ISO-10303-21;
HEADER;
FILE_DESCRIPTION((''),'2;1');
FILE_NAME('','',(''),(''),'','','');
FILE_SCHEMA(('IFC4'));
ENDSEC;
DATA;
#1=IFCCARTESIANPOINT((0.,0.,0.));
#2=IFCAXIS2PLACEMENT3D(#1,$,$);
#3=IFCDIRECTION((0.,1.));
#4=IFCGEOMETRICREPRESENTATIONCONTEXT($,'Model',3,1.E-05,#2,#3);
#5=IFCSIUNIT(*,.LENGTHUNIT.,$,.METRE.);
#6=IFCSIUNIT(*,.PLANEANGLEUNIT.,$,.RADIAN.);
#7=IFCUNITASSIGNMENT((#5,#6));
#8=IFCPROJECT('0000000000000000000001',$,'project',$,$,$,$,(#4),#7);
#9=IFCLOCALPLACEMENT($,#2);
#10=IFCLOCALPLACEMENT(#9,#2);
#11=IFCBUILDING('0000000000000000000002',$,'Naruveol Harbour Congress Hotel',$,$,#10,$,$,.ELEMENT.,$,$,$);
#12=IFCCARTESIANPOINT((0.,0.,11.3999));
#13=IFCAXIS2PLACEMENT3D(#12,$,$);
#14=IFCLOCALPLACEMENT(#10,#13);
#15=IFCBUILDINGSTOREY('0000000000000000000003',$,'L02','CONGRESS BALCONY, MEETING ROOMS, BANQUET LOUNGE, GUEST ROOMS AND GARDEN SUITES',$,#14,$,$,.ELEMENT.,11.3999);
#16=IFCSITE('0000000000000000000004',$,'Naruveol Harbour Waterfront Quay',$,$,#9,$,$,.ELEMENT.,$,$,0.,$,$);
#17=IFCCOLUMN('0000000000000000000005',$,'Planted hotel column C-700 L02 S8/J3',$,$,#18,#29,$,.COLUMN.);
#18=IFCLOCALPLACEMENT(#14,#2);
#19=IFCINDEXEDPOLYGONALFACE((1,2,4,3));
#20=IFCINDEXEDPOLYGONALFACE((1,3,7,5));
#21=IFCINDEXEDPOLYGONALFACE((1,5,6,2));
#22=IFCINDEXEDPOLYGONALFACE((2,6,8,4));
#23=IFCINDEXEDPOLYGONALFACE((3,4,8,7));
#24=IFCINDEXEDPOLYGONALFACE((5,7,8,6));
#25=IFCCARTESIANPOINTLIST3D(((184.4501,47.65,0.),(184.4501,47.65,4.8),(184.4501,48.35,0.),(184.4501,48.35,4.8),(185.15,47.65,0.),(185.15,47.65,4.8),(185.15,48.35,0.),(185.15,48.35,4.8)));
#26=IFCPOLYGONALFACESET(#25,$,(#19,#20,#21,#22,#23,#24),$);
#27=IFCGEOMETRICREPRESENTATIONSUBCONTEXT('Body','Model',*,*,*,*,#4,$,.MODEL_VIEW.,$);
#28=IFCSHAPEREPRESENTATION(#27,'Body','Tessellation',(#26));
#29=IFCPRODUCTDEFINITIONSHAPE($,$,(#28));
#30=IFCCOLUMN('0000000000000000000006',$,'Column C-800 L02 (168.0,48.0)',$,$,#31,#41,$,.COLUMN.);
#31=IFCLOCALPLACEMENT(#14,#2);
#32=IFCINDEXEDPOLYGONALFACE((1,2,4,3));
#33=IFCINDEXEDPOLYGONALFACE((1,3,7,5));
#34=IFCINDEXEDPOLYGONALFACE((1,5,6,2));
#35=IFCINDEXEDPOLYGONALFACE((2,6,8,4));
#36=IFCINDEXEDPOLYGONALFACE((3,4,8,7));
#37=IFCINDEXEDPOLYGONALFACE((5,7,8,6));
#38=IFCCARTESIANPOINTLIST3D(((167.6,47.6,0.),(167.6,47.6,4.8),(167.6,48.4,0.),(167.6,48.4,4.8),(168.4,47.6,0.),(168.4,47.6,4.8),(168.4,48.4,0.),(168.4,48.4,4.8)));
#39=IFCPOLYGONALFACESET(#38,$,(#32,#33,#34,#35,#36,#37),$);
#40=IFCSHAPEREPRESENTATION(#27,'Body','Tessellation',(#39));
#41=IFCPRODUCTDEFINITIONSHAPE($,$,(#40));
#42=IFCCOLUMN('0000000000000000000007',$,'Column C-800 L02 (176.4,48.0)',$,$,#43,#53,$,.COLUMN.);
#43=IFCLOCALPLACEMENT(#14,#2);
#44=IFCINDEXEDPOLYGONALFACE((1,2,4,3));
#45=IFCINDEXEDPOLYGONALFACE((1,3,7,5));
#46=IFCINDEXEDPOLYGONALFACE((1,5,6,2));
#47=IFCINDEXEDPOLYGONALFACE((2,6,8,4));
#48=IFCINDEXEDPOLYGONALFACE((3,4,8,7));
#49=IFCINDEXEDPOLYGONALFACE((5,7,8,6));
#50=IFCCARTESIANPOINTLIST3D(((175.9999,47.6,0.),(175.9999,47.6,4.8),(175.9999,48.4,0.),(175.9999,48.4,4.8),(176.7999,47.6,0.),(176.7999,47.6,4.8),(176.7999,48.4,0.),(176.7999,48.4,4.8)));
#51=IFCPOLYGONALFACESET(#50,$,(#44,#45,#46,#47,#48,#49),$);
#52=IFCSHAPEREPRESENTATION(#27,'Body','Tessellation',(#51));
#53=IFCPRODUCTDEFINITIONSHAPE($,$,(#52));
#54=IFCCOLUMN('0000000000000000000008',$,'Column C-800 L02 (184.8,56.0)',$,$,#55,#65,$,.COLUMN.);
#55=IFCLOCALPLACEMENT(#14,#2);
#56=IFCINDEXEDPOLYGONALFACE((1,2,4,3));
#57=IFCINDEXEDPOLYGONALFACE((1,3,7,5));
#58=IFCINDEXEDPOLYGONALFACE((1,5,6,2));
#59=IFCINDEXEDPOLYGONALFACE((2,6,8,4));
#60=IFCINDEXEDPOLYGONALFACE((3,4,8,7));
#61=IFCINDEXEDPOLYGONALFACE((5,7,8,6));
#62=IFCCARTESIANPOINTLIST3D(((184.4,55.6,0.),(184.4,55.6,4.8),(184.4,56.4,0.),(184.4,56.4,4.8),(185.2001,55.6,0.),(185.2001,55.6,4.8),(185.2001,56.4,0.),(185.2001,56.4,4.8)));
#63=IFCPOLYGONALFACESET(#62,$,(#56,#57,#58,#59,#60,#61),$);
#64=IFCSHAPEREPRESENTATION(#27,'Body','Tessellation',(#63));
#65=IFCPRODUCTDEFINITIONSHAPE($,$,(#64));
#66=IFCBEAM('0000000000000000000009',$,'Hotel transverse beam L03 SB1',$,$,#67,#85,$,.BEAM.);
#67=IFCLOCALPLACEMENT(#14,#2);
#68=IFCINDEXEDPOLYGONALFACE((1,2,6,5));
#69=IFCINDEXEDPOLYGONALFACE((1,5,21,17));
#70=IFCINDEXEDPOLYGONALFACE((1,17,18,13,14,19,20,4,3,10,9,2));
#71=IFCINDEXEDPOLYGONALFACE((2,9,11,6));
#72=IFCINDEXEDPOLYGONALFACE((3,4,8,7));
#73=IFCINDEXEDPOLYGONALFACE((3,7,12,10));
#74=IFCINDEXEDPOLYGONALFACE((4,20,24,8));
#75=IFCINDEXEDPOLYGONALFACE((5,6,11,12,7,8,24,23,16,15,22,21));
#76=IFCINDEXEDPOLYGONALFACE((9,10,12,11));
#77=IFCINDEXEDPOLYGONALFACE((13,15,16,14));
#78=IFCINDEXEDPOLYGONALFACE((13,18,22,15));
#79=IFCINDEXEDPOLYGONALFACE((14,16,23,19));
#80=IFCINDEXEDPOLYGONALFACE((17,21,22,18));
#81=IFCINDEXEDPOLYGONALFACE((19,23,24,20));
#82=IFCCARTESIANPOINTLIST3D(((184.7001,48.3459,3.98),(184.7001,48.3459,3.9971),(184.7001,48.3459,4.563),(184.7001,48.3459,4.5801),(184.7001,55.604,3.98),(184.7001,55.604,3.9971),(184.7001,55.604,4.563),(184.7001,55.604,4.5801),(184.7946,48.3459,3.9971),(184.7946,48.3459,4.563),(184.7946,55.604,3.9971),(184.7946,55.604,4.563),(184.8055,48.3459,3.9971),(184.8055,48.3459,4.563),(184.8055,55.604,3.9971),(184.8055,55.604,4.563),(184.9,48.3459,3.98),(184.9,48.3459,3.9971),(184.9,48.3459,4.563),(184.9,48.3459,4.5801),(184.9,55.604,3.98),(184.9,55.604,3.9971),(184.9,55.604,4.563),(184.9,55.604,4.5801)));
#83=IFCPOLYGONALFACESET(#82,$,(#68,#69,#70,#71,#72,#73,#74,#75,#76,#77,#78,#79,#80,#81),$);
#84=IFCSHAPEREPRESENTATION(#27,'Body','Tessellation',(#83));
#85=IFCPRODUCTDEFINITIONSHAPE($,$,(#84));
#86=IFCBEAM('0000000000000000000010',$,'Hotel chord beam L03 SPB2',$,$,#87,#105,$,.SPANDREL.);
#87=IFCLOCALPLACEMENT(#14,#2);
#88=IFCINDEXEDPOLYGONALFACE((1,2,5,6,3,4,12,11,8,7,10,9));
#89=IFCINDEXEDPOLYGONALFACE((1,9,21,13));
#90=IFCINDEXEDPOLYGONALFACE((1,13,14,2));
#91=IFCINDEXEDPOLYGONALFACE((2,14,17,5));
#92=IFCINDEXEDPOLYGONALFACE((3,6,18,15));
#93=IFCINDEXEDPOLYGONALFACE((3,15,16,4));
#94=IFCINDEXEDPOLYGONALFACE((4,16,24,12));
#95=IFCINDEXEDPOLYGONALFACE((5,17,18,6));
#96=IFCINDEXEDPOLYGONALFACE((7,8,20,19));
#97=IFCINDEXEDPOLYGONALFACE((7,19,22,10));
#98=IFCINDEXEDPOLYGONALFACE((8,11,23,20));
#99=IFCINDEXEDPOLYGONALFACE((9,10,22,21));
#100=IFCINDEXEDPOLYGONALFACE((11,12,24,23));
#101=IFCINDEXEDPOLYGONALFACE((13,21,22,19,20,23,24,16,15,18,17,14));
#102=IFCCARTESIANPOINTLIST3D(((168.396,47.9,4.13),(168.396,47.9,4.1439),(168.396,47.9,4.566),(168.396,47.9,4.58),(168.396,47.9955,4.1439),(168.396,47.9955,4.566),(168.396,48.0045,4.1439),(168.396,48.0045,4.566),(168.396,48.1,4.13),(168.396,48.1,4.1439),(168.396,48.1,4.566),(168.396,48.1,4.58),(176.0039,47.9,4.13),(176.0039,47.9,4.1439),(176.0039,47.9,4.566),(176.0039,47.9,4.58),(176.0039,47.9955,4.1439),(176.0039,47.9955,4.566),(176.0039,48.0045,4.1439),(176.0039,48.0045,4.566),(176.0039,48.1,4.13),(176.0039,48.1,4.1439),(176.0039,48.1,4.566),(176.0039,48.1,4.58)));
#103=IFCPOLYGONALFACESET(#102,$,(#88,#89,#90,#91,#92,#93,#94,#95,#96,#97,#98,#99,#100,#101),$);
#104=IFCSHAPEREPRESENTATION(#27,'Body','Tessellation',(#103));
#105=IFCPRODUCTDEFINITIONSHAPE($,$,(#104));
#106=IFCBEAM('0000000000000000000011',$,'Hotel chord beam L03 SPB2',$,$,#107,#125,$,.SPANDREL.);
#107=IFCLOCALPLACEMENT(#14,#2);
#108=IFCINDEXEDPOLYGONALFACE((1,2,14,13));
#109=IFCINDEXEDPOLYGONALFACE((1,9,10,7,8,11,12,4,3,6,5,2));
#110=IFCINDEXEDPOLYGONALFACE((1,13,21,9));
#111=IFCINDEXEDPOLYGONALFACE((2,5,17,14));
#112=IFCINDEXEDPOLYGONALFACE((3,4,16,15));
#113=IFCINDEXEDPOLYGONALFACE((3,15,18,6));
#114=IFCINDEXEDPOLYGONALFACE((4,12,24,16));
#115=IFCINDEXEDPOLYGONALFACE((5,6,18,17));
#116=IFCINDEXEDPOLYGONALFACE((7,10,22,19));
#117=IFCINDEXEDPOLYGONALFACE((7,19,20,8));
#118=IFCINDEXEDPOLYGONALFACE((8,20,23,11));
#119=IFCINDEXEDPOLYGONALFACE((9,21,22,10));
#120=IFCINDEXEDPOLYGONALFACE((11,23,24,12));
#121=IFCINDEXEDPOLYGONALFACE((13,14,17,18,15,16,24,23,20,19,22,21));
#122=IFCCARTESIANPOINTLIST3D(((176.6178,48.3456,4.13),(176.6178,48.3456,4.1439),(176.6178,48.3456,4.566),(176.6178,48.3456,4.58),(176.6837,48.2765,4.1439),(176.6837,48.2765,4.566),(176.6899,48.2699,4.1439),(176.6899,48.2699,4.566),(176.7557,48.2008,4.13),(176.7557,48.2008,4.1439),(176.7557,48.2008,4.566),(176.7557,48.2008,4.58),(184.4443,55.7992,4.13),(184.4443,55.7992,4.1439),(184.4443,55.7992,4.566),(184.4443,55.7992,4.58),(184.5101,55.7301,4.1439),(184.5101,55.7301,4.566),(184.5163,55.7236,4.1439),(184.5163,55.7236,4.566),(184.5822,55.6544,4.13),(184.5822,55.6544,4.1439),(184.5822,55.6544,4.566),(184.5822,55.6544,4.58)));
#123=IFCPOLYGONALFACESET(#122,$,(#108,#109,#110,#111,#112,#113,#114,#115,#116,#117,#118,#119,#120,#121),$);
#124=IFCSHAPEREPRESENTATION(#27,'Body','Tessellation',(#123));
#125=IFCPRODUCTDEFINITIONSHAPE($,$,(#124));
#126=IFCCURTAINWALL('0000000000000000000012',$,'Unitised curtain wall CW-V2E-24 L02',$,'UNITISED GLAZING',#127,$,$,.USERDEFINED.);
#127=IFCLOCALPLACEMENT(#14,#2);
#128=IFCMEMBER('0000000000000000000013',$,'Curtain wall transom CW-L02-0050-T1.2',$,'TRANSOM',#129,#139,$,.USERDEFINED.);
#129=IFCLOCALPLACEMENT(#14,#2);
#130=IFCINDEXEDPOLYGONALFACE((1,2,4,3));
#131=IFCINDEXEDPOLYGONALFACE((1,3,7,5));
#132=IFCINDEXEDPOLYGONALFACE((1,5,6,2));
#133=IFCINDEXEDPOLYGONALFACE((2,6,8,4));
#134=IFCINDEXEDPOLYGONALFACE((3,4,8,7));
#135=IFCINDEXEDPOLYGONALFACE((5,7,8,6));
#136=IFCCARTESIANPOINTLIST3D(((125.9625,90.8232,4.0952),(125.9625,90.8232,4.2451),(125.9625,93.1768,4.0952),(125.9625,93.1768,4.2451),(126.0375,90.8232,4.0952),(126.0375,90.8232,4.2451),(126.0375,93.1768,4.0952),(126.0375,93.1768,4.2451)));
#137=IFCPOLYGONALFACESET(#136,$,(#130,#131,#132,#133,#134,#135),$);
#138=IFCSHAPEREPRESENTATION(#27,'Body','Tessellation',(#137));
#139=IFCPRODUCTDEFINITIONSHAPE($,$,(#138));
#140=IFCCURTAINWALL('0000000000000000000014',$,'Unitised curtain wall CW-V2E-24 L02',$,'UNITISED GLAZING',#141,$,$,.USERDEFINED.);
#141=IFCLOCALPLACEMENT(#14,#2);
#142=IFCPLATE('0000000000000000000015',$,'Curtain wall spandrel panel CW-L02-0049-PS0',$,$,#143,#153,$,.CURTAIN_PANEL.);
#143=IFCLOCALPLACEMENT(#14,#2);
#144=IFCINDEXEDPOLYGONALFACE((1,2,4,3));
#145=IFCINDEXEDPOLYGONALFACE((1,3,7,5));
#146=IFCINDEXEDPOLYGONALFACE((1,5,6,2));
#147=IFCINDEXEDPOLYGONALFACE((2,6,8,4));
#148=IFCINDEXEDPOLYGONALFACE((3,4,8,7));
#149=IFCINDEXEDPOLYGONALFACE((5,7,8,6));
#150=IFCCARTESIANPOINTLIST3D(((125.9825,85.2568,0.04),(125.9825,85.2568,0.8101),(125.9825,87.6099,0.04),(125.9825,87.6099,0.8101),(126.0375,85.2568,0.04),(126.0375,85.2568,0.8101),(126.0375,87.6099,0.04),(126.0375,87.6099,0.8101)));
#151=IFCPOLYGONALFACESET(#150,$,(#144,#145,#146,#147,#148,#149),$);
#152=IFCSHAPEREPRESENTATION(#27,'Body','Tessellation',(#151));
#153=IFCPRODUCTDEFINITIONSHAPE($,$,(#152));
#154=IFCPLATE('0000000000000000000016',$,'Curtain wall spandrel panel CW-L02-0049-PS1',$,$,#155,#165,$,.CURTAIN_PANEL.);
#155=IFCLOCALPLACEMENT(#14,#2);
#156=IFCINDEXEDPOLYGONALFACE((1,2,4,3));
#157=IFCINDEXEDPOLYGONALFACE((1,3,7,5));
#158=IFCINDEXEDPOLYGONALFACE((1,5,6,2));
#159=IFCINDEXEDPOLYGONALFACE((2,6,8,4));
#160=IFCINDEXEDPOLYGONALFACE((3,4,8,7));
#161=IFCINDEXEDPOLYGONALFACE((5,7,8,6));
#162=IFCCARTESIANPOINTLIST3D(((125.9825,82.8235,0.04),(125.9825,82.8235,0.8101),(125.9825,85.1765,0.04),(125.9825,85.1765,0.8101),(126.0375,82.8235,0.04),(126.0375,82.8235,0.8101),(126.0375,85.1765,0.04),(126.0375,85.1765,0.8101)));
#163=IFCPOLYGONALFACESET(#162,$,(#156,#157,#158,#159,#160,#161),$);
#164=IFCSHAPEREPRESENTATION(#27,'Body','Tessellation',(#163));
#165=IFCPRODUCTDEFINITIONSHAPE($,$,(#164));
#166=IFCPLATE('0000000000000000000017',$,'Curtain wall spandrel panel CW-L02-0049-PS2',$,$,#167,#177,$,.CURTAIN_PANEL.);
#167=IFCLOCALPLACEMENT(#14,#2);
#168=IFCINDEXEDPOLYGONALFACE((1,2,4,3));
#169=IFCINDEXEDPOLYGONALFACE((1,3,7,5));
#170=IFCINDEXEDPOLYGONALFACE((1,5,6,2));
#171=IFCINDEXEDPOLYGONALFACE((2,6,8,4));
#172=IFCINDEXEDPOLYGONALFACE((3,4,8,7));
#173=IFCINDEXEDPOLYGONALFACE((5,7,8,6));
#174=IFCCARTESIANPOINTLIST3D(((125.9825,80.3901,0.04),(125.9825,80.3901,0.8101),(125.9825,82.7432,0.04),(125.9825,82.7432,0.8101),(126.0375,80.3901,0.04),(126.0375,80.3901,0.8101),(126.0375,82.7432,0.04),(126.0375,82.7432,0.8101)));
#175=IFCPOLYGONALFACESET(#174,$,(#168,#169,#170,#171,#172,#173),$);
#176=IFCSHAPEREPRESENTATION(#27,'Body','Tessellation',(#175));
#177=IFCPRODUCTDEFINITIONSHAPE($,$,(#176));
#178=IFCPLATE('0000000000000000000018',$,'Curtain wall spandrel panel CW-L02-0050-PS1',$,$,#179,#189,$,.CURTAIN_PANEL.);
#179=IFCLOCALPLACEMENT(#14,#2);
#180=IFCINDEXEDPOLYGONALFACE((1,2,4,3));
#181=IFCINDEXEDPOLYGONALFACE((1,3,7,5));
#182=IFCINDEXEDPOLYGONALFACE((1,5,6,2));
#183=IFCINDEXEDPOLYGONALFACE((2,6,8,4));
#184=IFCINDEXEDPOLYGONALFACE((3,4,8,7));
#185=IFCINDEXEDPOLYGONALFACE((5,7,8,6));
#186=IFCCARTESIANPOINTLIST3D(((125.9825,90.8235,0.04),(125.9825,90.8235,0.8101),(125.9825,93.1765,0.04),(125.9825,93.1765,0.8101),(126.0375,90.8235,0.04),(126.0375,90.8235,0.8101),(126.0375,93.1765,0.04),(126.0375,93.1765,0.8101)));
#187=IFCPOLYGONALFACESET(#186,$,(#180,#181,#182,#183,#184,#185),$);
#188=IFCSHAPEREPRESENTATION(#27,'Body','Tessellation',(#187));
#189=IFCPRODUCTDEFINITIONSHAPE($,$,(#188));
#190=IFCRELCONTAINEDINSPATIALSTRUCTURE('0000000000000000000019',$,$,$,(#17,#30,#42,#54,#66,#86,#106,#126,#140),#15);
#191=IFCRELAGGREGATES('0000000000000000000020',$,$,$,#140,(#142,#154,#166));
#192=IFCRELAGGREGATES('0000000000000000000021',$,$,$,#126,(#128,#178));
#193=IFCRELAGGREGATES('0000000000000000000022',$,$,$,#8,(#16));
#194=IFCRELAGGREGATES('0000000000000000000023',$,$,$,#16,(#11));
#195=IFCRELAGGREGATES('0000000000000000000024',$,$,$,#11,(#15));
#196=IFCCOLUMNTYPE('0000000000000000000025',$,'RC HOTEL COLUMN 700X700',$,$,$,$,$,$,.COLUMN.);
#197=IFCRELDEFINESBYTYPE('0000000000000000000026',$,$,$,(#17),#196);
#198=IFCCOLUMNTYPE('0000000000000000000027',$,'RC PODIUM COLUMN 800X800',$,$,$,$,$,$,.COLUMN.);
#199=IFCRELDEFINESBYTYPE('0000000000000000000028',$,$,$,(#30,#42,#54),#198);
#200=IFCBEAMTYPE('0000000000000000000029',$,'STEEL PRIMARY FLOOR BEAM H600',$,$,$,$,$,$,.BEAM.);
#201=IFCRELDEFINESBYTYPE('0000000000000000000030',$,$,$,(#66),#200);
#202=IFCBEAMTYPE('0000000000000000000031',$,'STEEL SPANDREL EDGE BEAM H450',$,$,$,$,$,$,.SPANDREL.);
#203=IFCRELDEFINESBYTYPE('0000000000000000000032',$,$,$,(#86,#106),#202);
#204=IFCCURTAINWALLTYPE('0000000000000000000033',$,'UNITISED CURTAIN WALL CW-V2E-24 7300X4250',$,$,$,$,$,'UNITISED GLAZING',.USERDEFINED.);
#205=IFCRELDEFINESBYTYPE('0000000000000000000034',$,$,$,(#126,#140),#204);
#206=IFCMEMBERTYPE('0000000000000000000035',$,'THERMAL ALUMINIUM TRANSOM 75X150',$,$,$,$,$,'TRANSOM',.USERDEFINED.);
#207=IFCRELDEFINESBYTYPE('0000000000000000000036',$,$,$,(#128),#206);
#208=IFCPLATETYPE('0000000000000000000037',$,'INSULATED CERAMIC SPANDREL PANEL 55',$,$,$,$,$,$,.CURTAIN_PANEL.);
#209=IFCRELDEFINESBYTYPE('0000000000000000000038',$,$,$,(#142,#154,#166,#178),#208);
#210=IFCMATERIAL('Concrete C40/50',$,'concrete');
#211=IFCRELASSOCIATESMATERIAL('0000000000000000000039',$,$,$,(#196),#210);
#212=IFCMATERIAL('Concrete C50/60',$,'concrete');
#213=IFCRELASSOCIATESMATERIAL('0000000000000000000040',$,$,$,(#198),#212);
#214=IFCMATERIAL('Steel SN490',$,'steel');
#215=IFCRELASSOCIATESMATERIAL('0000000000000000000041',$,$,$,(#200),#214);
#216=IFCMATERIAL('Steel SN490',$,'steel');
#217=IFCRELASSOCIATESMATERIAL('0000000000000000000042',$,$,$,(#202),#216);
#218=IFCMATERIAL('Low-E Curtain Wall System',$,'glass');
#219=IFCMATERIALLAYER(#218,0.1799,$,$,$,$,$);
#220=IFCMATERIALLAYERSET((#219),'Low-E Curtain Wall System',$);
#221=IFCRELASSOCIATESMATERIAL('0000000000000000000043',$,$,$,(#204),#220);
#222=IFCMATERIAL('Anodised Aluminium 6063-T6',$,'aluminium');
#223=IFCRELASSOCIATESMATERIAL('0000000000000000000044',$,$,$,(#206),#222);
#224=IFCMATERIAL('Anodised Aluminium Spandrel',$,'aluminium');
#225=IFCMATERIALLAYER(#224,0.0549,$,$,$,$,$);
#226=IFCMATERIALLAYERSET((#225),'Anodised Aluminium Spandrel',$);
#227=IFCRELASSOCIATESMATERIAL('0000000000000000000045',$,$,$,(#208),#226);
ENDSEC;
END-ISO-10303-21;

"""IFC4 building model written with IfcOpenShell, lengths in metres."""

from ifc_helpers import new_model, si_unit, direction, frame, origin, origin_2d, place, context, subcontext, project, spatial, rectangle, i_section, extrude, material, layer, layer_set, material_profile, profile_set, type_object, element, aggregate, save


model = new_model("IFC4")

# Units and contexts
model_context = context("Model", 3, precision=1e-05, world=origin(), true_north=direction((0.0, 1.0)))
body_context = subcontext(model_context, "Body", "Model", "MODEL_VIEW")
ifc_project = project(units=[si_unit("LENGTHUNIT", "METRE"), si_unit("PLANEANGLEUNIT", "RADIAN")], contexts=[model_context])

# Site, building, storey
site_placement = place(None, origin())
site = spatial("IfcSite", under=ifc_project, at=site_placement, Name="Naruveol Harbour Waterfront Quay", CompositionType="ELEMENT", RefElevation=0.0)
building_placement = place(site_placement, origin())
building = spatial("IfcBuilding", under=site, at=building_placement, Name="Naruveol Harbour Congress Hotel", CompositionType="ELEMENT")
storey_placement = place(building_placement, frame((0.0, 0.0, 11.3999)))
storey = spatial("IfcBuildingStorey", under=building, at=storey_placement, Name="L02", Description="CONGRESS BALCONY, MEETING ROOMS, BANQUET LOUNGE, GUEST ROOMS AND GARDEN SUITES", CompositionType="ELEMENT", Elevation=11.3999)

# Columns
ifc_material_1 = material(Name="Concrete C40/50", Category="concrete")
ifc_material_profile_1 = material_profile(ifc_material_1, rectangle(XDim=0.7, YDim=0.7, at=origin_2d()), Name="RC-700x700")
ifc_profile_set_1 = profile_set([ifc_material_profile_1], Name="Concrete C40/50")
column_type_1 = type_object("IfcColumnType", Name="RC HOTEL COLUMN 700X700", PredefinedType="COLUMN", material=ifc_profile_set_1)
column_placement = place(storey_placement, frame((184.8, 48.0, 0.0), z_axis=(0.0, 0.0, 1.0), x_axis=(1.0, 0.0, 0.0)))
element("IfcColumn", 1, at=column_placement, inside=storey, type_object=column_type_1, Name="Planted hotel column C-700 L02 S8/J3", PredefinedType="COLUMN", context=body_context, shape_type="SweptSolid", body=[
    extrude(rectangle(XDim=0.7, YDim=0.7, at=origin_2d()), origin(), (0.0, 0.0, 1.0), 4.8),
])
ifc_material_2 = material(Name="Concrete C50/60", Category="concrete")
ifc_material_profile_2 = material_profile(ifc_material_2, rectangle(XDim=0.8, YDim=0.8, at=origin_2d()), Name="RC-800x800")
ifc_profile_set_2 = profile_set([ifc_material_profile_2], Name="Concrete C50/60")
column_type_2 = type_object("IfcColumnType", Name="RC PODIUM COLUMN 800X800", PredefinedType="COLUMN", material=ifc_profile_set_2)
for number, where, z_axis, x_axis, name in (
    (2, (168.0, 48.0, 0.0), (0.0, 0.0, 1.0), (1.0, 0.0, 0.0), "Column C-800 L02 (168.0,48.0)"),
    (3, (176.3999, 48.0, 0.0), (0.0, 0.0, 1.0), (1.0, 0.0, 0.0), "Column C-800 L02 (176.4,48.0)"),
    (4, (184.8, 56.0, 0.0), (0.0, 0.0, 1.0), (1.0, 0.0, 0.0), "Column C-800 L02 (184.8,56.0)"),
):
    element("IfcColumn", number, at=place(storey_placement, frame(where, z_axis=z_axis, x_axis=x_axis)), inside=storey, type_object=column_type_2, Name=name, PredefinedType="COLUMN", context=body_context, shape_type="SweptSolid", body=[
        extrude(rectangle(XDim=0.8, YDim=0.8, at=origin_2d()), origin(), (0.0, 0.0, 1.0), 4.8),
    ])

# Beams
ifc_material_3 = material(Name="Steel SN490", Category="steel")
ifc_material_profile_3 = material_profile(ifc_material_3, i_section(OverallWidth=0.2, OverallDepth=0.6001, WebThickness=0.011, FlangeThickness=0.0171, at=origin_2d()), Name="H-600x200x11x17")
ifc_profile_set_3 = profile_set([ifc_material_profile_3], Name="Steel SN490")
beam_type_1 = type_object("IfcBeamType", Name="STEEL PRIMARY FLOOR BEAM H600", PredefinedType="BEAM", material=ifc_profile_set_3)
beam_1_placement = place(storey_placement, frame((184.8, 48.3459, 4.28), z_axis=(0.0, 1.0, 0.0), x_axis=(-1.0, 0.0, 0.0)))
element("IfcBeam", 5, at=beam_1_placement, inside=storey, type_object=beam_type_1, Name="Hotel transverse beam L03 SB1", PredefinedType="BEAM", context=body_context, shape_type="SweptSolid", body=[
    extrude(i_section(OverallWidth=0.2, OverallDepth=0.6001, WebThickness=0.011, FlangeThickness=0.0171, at=origin_2d()), origin(), (0.0, 0.0, 1.0), 7.2581),
])
ifc_material_4 = material(Name="Steel SN490", Category="steel")
ifc_material_profile_4 = material_profile(ifc_material_4, i_section(OverallWidth=0.2, OverallDepth=0.45, WebThickness=0.009, FlangeThickness=0.0139, at=origin_2d()), Name="H-450x200x9x14")
ifc_profile_set_4 = profile_set([ifc_material_profile_4], Name="Steel SN490")
beam_type_2 = type_object("IfcBeamType", Name="STEEL SPANDREL EDGE BEAM H450", PredefinedType="SPANDREL", material=ifc_profile_set_4)
beam_2_placement = place(storey_placement, frame((168.396, 48.0, 4.355), z_axis=(1.0, 0.0, 0.0), x_axis=(0.0, 1.0, 0.0)))
element("IfcBeam", 6, at=beam_2_placement, inside=storey, type_object=beam_type_2, Name="Hotel chord beam L03 SPB2", PredefinedType="SPANDREL", context=body_context, shape_type="SweptSolid", body=[
    extrude(i_section(OverallWidth=0.2, OverallDepth=0.45, WebThickness=0.009, FlangeThickness=0.0139, at=origin_2d()), origin(), (0.0, 0.0, 1.0), 7.6079),
])
beam_3_placement = place(storey_placement, frame((176.6868, 48.2732, 4.355), z_axis=(0.724143, 0.68965, 0.0), x_axis=(-0.68965, 0.724143, 0.0)))
element("IfcBeam", 7, at=beam_3_placement, inside=storey, type_object=beam_type_2, Name="Hotel chord beam L03 SPB2", PredefinedType="SPANDREL", context=body_context, shape_type="SweptSolid", body=[
    extrude(i_section(OverallWidth=0.2, OverallDepth=0.45, WebThickness=0.009, FlangeThickness=0.0139, at=origin_2d()), origin(), (0.0, 0.0, 1.0), 10.8079),
])

# Curtain wall, member
ifc_material_5 = material(Name="Low-E Curtain Wall System", Category="glass")
ifc_layer_1 = layer(ifc_material_5, 0.1799)
ifc_layer_set_1 = layer_set([ifc_layer_1], Name="Low-E Curtain Wall System")
curtain_wall_type_1 = type_object("IfcCurtainWallType", Name="UNITISED CURTAIN WALL CW-V2E-24 7300X4250", ElementType="UNITISED GLAZING", PredefinedType="USERDEFINED", material=ifc_layer_set_1)
curtain_wall_1_placement = place(storey_placement, origin())
curtain_wall_1 = element("IfcCurtainWall", 8, at=curtain_wall_1_placement, inside=storey, type_object=curtain_wall_type_1, Name="Unitised curtain wall CW-V2E-24 L02", ObjectType="UNITISED GLAZING", PredefinedType="USERDEFINED")
ifc_material_6 = material(Name="Anodised Aluminium 6063-T6", Category="aluminium")
ifc_material_profile_5 = material_profile(ifc_material_6, rectangle(XDim=0.075, YDim=0.1499, at=origin_2d()), Name="ALU-75x150")
ifc_profile_set_5 = profile_set([ifc_material_profile_5], Name="Anodised Aluminium 6063-T6")
member_type = type_object("IfcMemberType", Name="THERMAL ALUMINIUM TRANSOM 75X150", ElementType="TRANSOM", PredefinedType="USERDEFINED", material=ifc_profile_set_5)
member_placement = place(storey_placement, frame((126.0, 93.1768, 4.1702), z_axis=(0.0, -1.0, 0.0), x_axis=(1.0, 0.0, 0.0)))
member = element("IfcMember", 9, at=member_placement, type_object=member_type, Name="Curtain wall transom CW-L02-0050-T1.2", ObjectType="TRANSOM", PredefinedType="USERDEFINED", context=body_context, shape_type="SweptSolid", body=[
    extrude(rectangle(XDim=0.075, YDim=0.1499, at=origin_2d()), origin(), (0.0, 0.0, 1.0), 2.3535),
])

# Curtain wall, plates
curtain_wall_2_placement = place(storey_placement, origin())
curtain_wall_2 = element("IfcCurtainWall", 10, at=curtain_wall_2_placement, inside=storey, type_object=curtain_wall_type_1, Name="Unitised curtain wall CW-V2E-24 L02", ObjectType="UNITISED GLAZING", PredefinedType="USERDEFINED")
ifc_material_7 = material(Name="Anodised Aluminium Spandrel", Category="aluminium")
ifc_layer_2 = layer(ifc_material_7, 0.0549)
ifc_layer_set_2 = layer_set([ifc_layer_2], Name="Anodised Aluminium Spandrel")
plate_type_1 = type_object("IfcPlateType", Name="INSULATED CERAMIC SPANDREL PANEL 55", PredefinedType="CURTAIN_PANEL", material=ifc_layer_set_2)
plate_1_placement = place(storey_placement, frame((126.01, 86.4333, 0.04), z_axis=(0.0, 0.0, 1.0), x_axis=(0.0, -1.0, 0.0)))
plate_1 = element("IfcPlate", 11, at=plate_1_placement, type_object=plate_type_1, Name="Curtain wall spandrel panel CW-L02-0049-PS0", PredefinedType="CURTAIN_PANEL", context=body_context, shape_type="SweptSolid", body=[
    extrude(rectangle(XDim=2.353, YDim=0.0549, at=origin_2d()), origin(), (0.0, 0.0, 1.0), 0.77),
])
plate_2_placement = place(storey_placement, frame((126.01, 84.0, 0.04), z_axis=(0.0, 0.0, 1.0), x_axis=(0.0, -1.0, 0.0)))
plate_2 = element("IfcPlate", 12, at=plate_2_placement, type_object=plate_type_1, Name="Curtain wall spandrel panel CW-L02-0049-PS1", PredefinedType="CURTAIN_PANEL", context=body_context, shape_type="SweptSolid", body=[
    extrude(rectangle(XDim=2.353, YDim=0.0549, at=origin_2d()), origin(), (0.0, 0.0, 1.0), 0.77),
])
plate_3_placement = place(storey_placement, frame((126.01, 81.5667, 0.04), z_axis=(0.0, 0.0, 1.0), x_axis=(0.0, -1.0, 0.0)))
plate_3 = element("IfcPlate", 13, at=plate_3_placement, type_object=plate_type_1, Name="Curtain wall spandrel panel CW-L02-0049-PS2", PredefinedType="CURTAIN_PANEL", context=body_context, shape_type="SweptSolid", body=[
    extrude(rectangle(XDim=2.353, YDim=0.0549, at=origin_2d()), origin(), (0.0, 0.0, 1.0), 0.77),
])

# Plate
plate_4_placement = place(storey_placement, frame((126.01, 92.0, 0.04), z_axis=(0.0, 0.0, 1.0), x_axis=(0.0, -1.0, 0.0)))
plate_4 = element("IfcPlate", 14, at=plate_4_placement, type_object=plate_type_1, Name="Curtain wall spandrel panel CW-L02-0050-PS1", PredefinedType="CURTAIN_PANEL", context=body_context, shape_type="SweptSolid", body=[
    extrude(rectangle(XDim=2.353, YDim=0.0549, at=origin_2d()), origin(), (0.0, 0.0, 1.0), 0.77),
])

aggregate(curtain_wall_2, [plate_1, plate_2, plate_3])
aggregate(curtain_wall_1, [member, plate_4])

save(model, "model.ifc")
